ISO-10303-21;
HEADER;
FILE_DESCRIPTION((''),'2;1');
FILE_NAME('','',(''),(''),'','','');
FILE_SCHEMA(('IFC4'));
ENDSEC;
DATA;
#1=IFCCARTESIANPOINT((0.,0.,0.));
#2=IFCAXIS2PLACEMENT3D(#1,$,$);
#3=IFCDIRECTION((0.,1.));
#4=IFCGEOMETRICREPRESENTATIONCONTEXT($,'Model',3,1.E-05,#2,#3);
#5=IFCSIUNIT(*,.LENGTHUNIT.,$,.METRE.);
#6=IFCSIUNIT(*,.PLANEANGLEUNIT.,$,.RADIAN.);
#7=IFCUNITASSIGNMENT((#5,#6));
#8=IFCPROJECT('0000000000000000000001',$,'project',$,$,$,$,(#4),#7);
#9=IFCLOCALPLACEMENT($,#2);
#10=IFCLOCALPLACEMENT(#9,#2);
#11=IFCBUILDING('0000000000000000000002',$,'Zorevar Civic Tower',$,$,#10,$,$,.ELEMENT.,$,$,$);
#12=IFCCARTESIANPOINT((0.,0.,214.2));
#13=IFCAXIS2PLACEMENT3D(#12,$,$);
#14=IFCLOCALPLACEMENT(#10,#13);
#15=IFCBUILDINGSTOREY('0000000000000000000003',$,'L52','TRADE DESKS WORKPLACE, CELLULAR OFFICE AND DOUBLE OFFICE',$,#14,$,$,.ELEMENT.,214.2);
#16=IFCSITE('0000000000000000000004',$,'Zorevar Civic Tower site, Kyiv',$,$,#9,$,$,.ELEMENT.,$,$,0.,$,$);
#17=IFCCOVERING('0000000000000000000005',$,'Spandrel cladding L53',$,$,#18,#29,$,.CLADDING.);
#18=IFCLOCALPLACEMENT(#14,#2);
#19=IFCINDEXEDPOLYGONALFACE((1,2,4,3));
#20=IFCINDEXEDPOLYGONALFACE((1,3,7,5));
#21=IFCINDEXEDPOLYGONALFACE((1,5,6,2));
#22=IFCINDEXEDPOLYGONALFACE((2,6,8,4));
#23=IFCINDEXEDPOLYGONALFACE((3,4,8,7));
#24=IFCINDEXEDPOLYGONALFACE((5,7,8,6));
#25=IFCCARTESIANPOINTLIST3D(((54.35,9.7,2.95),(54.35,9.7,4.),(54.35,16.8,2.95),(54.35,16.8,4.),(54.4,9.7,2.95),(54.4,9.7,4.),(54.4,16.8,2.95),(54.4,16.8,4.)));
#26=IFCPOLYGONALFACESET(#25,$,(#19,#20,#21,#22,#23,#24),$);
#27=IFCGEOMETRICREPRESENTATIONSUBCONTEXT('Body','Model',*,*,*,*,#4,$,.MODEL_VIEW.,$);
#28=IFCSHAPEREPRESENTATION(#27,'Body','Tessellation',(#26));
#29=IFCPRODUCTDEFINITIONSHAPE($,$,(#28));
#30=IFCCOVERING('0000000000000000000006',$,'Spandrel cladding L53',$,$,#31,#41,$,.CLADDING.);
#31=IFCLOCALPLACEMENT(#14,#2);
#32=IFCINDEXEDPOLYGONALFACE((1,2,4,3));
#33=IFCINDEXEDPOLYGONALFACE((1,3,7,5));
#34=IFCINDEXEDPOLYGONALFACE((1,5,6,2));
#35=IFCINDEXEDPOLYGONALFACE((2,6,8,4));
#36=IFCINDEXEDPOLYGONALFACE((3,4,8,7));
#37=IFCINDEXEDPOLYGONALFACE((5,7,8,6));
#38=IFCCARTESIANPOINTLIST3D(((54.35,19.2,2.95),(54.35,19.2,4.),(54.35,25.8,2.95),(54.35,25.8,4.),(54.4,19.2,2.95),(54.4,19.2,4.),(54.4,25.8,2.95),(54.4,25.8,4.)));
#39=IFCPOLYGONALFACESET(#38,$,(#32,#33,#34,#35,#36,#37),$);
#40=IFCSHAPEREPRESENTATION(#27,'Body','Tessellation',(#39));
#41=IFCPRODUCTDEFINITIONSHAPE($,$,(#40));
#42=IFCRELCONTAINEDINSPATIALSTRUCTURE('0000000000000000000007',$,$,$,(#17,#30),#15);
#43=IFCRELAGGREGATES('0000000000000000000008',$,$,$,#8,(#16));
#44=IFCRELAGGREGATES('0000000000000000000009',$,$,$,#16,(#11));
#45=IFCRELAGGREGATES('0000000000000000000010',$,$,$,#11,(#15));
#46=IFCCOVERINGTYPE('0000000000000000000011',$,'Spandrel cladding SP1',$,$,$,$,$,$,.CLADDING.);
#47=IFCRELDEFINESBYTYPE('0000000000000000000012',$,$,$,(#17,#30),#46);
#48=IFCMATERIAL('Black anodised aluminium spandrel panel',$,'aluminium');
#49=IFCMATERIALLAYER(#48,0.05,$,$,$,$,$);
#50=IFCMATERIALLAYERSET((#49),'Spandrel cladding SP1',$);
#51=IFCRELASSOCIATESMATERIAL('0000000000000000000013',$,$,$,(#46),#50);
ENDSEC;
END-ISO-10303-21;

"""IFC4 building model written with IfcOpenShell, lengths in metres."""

from ifc_helpers import new_model, si_unit, direction, frame, frame_2d, origin, place, context, subcontext, project, spatial, rectangle, extrude, material, layer, layer_set, type_object, element, save


model = new_model("IFC4")

# Units and contexts
model_context = context("Model", 3, precision=1e-05, world=origin(), true_north=direction((0.0, 1.0)))
body_context = subcontext(model_context, "Body", "Model", "MODEL_VIEW")
ifc_project = project(units=[si_unit("LENGTHUNIT", "METRE"), si_unit("PLANEANGLEUNIT", "RADIAN")], contexts=[model_context])

# Site, building, storey
site_placement = place(None, origin())
site = spatial("IfcSite", under=ifc_project, at=site_placement, Name="Zorevar Civic Tower site, Kyiv", CompositionType="ELEMENT", RefElevation=0.0)
building_placement = place(site_placement, origin())
building = spatial("IfcBuilding", under=site, at=building_placement, Name="Zorevar Civic Tower", CompositionType="ELEMENT")
storey_placement = place(building_placement, frame((0.0, 0.0, 214.2)))
storey = spatial("IfcBuildingStorey", under=building, at=storey_placement, Name="L52", Description="TRADE DESKS WORKPLACE, CELLULAR OFFICE AND DOUBLE OFFICE", CompositionType="ELEMENT", Elevation=214.2)

# Coverings
ifc_material_1 = material(Name="Black anodised aluminium spandrel panel", Category="aluminium")
ifc_layer_1 = layer(ifc_material_1, 0.05)
ifc_layer_set_1 = layer_set([ifc_layer_1], Name="Spandrel cladding SP1")
covering_type = type_object("IfcCoveringType", Name="Spandrel cladding SP1", PredefinedType="CLADDING", material=ifc_layer_set_1)
covering_1_placement = place(storey_placement, frame((54.375, 9.7, 2.95), z_axis=(0.0, 0.0, 1.0), x_axis=(0.0, 1.0, 0.0)))
element("IfcCovering", 1, at=covering_1_placement, inside=storey, type_object=covering_type, Name="Spandrel cladding L53", PredefinedType="CLADDING", context=body_context, shape_type="SweptSolid", body=[
    extrude(rectangle(XDim=7.1001, YDim=0.05, at=frame_2d((3.55, 0.0))), origin(), (0.0, 0.0, 1.0), 1.05),
])
covering_2_placement = place(storey_placement, frame((54.375, 19.2, 2.95), z_axis=(0.0, 0.0, 1.0), x_axis=(0.0, 1.0, 0.0)))
element("IfcCovering", 2, at=covering_2_placement, inside=storey, type_object=covering_type, Name="Spandrel cladding L53", PredefinedType="CLADDING", context=body_context, shape_type="SweptSolid", body=[
    extrude(rectangle(XDim=6.6001, YDim=0.05, at=frame_2d((3.3, 0.0))), origin(), (0.0, 0.0, 1.0), 1.05),
])

save(model, "model.ifc")
